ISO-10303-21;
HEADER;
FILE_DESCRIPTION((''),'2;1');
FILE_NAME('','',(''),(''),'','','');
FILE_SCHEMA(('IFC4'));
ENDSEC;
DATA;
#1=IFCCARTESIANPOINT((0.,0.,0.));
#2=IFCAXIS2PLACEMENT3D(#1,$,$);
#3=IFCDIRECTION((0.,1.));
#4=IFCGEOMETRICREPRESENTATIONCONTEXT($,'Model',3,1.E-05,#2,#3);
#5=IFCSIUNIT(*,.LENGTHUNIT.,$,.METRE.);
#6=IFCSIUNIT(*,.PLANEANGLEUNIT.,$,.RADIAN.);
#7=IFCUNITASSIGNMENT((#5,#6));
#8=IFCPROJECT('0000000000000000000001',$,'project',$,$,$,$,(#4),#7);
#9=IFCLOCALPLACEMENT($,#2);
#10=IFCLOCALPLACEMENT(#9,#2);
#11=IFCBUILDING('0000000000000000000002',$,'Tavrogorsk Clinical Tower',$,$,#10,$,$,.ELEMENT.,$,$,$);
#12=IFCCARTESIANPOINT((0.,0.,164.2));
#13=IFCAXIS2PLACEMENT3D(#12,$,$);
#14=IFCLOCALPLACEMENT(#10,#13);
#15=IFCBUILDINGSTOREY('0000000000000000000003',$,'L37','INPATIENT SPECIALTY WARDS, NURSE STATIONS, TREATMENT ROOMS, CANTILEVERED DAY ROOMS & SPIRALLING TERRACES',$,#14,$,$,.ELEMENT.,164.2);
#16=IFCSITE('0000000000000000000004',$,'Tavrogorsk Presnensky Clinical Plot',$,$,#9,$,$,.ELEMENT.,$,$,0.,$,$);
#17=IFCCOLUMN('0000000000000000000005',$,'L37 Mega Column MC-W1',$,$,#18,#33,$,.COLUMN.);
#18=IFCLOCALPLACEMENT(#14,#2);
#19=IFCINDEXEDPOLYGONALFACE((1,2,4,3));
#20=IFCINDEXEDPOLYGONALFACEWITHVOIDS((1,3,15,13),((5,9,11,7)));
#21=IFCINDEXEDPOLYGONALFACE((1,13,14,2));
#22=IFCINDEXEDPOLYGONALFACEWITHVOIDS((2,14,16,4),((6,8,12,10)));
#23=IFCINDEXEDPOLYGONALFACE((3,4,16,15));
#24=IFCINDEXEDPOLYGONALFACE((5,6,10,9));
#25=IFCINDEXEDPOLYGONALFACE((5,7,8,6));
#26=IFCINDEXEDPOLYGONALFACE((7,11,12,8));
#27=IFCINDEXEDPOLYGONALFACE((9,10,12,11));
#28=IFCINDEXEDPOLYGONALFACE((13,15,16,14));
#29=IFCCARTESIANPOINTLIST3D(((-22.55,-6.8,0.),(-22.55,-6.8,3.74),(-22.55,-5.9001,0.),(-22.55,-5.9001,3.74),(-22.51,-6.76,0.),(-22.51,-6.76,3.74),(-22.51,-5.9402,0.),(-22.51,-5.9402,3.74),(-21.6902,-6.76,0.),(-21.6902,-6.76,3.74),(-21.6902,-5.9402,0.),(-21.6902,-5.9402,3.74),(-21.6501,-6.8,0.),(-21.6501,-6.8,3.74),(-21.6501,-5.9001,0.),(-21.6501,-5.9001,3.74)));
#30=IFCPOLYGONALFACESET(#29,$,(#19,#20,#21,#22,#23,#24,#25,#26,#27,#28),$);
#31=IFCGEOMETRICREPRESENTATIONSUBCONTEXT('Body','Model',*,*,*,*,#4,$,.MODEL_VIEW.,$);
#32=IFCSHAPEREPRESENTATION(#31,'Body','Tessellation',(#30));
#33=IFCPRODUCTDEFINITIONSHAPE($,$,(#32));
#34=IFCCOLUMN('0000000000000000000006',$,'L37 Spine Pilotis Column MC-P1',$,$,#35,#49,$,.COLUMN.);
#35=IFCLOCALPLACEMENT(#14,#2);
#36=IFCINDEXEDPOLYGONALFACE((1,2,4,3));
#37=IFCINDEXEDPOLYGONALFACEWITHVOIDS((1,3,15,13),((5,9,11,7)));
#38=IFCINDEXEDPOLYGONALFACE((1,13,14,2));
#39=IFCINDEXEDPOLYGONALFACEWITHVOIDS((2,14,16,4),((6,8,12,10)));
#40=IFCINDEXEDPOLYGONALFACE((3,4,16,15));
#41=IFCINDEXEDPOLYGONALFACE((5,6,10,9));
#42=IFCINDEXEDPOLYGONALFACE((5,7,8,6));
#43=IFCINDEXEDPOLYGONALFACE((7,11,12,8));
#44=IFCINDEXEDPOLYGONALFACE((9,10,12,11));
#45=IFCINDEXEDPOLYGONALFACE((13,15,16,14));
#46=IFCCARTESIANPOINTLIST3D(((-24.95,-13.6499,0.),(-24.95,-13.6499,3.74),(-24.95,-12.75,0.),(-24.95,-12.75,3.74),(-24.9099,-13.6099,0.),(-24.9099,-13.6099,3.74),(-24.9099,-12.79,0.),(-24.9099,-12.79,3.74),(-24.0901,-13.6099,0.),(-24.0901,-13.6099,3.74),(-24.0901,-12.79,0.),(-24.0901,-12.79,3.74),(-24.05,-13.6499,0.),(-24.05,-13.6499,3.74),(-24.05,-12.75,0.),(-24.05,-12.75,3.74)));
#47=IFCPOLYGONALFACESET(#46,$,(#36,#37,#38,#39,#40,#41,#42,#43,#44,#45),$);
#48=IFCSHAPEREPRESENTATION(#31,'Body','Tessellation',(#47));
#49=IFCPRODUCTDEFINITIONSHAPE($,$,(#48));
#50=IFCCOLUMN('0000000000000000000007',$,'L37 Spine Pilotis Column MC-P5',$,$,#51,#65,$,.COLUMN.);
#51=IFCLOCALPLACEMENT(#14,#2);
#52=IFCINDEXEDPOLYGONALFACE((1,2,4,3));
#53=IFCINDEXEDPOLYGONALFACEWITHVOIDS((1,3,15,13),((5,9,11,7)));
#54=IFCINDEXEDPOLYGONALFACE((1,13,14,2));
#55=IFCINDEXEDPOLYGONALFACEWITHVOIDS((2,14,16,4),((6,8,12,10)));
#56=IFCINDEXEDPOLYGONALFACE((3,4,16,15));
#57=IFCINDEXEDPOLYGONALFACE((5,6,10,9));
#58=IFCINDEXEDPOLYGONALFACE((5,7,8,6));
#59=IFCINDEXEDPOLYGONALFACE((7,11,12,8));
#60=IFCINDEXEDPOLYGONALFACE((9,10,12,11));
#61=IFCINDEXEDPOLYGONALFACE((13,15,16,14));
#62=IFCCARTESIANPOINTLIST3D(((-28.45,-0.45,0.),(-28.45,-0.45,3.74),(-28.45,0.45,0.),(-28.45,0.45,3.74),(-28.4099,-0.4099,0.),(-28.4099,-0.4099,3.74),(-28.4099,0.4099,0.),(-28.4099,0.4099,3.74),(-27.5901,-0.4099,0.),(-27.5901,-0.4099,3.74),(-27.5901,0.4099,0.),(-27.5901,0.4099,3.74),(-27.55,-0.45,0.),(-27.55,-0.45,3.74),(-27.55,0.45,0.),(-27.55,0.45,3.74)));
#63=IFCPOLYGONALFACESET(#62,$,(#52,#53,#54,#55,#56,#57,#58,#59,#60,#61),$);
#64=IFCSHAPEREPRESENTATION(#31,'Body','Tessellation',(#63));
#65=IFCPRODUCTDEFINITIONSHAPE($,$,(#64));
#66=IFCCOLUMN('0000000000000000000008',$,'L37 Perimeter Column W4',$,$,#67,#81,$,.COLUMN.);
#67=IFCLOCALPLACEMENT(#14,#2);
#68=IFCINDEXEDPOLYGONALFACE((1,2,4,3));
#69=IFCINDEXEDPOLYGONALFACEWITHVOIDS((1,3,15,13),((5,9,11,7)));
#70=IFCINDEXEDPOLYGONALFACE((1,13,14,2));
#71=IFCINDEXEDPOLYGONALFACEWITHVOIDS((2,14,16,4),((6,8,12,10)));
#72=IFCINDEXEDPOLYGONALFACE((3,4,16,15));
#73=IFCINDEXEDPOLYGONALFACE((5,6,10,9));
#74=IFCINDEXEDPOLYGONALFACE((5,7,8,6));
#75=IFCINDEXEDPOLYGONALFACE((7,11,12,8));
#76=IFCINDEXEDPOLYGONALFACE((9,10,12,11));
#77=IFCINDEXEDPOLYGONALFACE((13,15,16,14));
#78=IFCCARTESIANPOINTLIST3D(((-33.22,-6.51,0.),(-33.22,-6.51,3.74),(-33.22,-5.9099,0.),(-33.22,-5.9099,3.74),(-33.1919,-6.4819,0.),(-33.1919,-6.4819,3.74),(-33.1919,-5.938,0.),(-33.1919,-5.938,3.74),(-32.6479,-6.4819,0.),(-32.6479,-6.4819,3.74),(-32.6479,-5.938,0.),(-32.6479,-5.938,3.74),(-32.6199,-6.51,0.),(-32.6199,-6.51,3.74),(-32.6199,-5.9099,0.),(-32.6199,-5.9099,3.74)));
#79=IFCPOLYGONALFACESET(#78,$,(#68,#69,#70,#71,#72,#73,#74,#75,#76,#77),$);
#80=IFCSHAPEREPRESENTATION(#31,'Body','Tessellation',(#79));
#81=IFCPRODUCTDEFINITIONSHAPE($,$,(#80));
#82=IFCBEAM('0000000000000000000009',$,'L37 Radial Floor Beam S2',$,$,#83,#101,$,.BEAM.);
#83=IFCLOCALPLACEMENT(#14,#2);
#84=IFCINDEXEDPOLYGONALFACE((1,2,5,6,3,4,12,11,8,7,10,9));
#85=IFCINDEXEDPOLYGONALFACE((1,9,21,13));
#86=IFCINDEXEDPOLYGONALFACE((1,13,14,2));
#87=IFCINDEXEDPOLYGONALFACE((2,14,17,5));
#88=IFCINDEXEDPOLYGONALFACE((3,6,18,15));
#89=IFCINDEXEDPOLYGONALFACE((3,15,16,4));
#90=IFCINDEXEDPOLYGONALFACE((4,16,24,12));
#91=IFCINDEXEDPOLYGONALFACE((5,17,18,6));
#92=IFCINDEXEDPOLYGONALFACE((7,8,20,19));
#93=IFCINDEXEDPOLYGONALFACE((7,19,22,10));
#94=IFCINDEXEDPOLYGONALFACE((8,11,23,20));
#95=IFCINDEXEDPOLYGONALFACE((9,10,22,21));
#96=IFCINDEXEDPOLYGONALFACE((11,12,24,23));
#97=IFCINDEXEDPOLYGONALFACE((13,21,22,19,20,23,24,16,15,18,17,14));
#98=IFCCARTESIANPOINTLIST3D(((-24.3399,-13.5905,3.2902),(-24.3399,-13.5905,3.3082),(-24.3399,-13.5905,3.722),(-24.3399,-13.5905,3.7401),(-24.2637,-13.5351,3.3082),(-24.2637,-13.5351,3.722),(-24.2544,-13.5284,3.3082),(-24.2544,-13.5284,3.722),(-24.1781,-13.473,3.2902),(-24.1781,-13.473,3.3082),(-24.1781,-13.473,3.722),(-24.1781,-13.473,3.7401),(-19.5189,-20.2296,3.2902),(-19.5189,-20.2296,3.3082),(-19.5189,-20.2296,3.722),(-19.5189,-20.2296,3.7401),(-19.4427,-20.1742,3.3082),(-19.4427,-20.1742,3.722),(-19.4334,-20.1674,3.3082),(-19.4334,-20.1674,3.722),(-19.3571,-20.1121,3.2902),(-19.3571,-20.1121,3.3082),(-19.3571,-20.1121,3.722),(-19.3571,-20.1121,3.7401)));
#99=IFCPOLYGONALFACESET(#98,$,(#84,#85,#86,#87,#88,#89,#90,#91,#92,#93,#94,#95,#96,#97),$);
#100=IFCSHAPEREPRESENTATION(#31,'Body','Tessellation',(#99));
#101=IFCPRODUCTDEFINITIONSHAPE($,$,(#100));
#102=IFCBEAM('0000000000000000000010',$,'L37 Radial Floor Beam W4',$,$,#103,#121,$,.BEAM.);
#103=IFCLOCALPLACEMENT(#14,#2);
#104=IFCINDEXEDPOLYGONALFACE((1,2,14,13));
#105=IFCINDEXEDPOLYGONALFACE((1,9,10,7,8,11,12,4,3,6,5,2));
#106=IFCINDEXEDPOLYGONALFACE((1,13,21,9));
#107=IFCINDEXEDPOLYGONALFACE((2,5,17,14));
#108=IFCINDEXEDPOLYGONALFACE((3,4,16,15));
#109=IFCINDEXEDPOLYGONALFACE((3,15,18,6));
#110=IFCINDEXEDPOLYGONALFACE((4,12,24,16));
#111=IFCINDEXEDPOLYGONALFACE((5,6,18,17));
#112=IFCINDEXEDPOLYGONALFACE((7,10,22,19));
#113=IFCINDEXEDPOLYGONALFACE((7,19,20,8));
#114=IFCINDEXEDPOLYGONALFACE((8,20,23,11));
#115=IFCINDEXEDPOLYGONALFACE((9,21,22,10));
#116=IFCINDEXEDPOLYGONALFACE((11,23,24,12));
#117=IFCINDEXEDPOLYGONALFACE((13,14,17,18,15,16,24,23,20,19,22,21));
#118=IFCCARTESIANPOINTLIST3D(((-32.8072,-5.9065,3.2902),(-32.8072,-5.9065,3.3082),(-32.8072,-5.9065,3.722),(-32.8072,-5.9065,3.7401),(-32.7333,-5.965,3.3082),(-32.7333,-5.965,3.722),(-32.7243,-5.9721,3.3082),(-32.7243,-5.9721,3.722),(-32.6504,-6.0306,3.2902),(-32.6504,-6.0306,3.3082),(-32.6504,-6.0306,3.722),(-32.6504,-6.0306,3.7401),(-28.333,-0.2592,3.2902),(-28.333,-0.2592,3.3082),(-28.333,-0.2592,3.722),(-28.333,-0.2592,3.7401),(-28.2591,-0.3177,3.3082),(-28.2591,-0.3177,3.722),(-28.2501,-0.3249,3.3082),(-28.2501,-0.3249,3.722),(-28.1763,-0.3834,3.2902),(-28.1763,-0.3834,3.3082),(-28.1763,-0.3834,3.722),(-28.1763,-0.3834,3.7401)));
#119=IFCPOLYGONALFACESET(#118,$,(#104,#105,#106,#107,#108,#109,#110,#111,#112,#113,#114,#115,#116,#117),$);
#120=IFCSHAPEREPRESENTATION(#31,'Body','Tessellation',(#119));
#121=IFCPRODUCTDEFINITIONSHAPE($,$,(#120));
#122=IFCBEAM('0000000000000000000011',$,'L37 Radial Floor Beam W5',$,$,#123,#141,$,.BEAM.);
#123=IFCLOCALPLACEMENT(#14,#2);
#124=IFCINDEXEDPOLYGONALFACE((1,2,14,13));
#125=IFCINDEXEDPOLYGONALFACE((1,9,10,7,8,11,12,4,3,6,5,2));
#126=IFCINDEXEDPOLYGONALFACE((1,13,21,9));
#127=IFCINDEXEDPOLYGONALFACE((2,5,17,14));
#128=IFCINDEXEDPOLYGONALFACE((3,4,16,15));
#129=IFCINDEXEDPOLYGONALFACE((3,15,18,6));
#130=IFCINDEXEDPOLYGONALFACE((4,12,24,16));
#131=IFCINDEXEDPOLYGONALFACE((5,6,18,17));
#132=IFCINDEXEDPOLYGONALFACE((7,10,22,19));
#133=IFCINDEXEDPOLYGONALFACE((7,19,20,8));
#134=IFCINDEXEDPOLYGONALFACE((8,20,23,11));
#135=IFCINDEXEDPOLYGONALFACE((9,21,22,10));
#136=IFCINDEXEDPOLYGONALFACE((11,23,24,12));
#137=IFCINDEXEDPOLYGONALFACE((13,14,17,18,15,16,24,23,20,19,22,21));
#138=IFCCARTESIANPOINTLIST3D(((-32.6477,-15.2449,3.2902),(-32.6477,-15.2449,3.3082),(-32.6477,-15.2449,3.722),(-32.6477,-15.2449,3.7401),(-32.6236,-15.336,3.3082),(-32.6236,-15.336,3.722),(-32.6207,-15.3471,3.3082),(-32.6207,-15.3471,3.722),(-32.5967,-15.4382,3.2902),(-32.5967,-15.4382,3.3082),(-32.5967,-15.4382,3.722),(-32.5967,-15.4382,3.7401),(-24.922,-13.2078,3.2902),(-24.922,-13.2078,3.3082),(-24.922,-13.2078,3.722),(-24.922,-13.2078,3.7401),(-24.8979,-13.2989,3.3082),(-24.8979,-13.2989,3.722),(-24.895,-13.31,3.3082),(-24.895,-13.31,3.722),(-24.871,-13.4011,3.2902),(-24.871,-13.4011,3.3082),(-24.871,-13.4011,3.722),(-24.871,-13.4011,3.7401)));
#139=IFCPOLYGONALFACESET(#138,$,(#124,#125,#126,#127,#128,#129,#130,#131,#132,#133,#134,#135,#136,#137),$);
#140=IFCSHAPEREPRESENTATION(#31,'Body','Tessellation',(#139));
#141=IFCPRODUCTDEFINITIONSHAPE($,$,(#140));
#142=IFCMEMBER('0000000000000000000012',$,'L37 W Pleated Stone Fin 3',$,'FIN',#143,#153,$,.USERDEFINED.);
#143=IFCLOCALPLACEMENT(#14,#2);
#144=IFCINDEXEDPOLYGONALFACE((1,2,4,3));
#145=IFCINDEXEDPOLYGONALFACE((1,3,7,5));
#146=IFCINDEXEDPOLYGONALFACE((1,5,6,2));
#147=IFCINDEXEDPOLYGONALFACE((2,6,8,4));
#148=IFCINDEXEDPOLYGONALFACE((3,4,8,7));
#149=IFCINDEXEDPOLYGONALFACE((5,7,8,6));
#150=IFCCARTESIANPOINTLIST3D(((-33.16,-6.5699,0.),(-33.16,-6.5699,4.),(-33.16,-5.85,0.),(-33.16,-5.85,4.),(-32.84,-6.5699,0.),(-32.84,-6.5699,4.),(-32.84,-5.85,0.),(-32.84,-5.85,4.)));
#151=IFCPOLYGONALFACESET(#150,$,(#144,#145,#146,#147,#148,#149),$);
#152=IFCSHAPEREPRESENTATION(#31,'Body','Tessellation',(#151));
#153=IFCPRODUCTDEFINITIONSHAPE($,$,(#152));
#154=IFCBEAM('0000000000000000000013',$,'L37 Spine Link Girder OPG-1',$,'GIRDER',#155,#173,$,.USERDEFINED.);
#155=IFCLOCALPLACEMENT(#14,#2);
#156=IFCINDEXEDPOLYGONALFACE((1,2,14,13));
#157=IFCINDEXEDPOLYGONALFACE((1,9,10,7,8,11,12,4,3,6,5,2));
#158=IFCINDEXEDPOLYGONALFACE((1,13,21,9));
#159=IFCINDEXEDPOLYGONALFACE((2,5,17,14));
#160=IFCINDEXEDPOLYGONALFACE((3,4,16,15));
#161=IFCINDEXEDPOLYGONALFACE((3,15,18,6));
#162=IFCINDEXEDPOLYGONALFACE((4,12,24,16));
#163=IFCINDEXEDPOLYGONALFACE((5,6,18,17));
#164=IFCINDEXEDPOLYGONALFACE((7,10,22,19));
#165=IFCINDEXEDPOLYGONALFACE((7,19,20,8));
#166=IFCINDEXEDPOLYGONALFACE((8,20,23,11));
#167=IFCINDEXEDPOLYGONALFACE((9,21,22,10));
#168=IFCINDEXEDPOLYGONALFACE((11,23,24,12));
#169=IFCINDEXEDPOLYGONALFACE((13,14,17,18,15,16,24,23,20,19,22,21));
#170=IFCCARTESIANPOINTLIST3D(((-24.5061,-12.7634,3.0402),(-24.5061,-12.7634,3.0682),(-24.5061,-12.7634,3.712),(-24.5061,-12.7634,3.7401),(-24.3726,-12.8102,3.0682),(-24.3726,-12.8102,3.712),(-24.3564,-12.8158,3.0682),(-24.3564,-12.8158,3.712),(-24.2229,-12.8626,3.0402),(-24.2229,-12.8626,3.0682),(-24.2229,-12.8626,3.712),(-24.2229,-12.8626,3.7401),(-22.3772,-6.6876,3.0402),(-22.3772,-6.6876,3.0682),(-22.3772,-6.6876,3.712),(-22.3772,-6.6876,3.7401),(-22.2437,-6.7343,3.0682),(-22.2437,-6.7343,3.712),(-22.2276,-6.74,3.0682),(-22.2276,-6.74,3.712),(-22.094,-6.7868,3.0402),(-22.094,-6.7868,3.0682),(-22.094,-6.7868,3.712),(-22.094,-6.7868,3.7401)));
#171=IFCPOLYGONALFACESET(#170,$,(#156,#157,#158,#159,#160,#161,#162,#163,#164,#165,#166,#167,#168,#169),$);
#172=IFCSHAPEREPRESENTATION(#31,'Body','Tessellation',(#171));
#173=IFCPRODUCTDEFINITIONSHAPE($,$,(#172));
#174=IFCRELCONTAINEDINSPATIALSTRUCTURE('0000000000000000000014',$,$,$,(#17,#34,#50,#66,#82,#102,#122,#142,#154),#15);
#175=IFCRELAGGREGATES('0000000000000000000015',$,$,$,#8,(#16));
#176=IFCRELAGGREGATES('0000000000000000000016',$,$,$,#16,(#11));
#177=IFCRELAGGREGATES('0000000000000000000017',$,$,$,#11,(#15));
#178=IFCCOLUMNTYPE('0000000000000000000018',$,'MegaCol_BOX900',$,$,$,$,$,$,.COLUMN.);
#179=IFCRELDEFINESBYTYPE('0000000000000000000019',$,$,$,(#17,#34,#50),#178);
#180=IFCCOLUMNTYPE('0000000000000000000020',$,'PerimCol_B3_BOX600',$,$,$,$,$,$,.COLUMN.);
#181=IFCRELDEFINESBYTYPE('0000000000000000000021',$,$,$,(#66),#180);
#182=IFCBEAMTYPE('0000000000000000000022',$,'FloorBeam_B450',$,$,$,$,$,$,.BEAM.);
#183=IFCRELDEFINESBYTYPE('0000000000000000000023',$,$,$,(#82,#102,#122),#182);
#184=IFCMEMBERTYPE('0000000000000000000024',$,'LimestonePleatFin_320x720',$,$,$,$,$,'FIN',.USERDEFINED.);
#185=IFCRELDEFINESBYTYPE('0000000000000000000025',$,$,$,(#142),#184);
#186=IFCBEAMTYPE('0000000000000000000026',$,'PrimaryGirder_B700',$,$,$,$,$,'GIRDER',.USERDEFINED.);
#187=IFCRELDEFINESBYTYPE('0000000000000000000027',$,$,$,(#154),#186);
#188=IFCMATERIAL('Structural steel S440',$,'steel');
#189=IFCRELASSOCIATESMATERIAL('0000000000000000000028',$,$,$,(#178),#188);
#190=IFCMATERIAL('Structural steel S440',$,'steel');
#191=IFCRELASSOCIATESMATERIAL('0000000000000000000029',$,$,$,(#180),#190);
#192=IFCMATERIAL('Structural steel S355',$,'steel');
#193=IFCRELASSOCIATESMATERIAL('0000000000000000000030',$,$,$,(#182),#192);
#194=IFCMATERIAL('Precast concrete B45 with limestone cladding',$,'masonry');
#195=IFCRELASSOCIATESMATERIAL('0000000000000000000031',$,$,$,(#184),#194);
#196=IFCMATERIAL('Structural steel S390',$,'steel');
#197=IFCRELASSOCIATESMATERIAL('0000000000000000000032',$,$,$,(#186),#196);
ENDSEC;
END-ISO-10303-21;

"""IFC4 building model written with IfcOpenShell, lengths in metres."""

from ifc_helpers import new_model, si_unit, direction, frame, origin, origin_2d, place, context, subcontext, project, spatial, rectangle, hollow_rectangle, i_section, extrude, material, material_profile, profile_set, type_object, element, save


model = new_model("IFC4")

# Units and contexts
model_context = context("Model", 3, precision=1e-05, world=origin(), true_north=direction((0.0, 1.0)))
body_context = subcontext(model_context, "Body", "Model", "MODEL_VIEW")
ifc_project = project(units=[si_unit("LENGTHUNIT", "METRE"), si_unit("PLANEANGLEUNIT", "RADIAN")], contexts=[model_context])

# Site, building, storey
site_placement = place(None, origin())
site = spatial("IfcSite", under=ifc_project, at=site_placement, Name="Tavrogorsk Presnensky Clinical Plot", CompositionType="ELEMENT", RefElevation=0.0)
building_placement = place(site_placement, origin())
building = spatial("IfcBuilding", under=site, at=building_placement, Name="Tavrogorsk Clinical Tower", CompositionType="ELEMENT")
storey_placement = place(building_placement, frame((0.0, 0.0, 164.2)))
storey = spatial("IfcBuildingStorey", under=building, at=storey_placement, Name="L37", Description="INPATIENT SPECIALTY WARDS, NURSE STATIONS, TREATMENT ROOMS, CANTILEVERED DAY ROOMS & SPIRALLING TERRACES", CompositionType="ELEMENT", Elevation=164.2)

# Columns
ifc_material_1 = material(Name="Structural steel S440", Category="steel")
ifc_material_profile_1 = material_profile(ifc_material_1, hollow_rectangle(XDim=0.8999, YDim=0.8999, WallThickness=0.04, at=origin_2d()), Name="BOX-900x900x40")
ifc_profile_set_1 = profile_set([ifc_material_profile_1], Name="Structural steel S440")
column_type_1 = type_object("IfcColumnType", Name="MegaCol_BOX900", PredefinedType="COLUMN", material=ifc_profile_set_1)
for number, where, z_axis, x_axis, name in (
    (1, (-22.1001, -6.3501, 0.0), (0.0, 0.0, 1.0), (1.0, 0.0, 0.0), "L37 Mega Column MC-W1"),
    (2, (-24.5, -13.2, 0.0), (0.0, 0.0, 1.0), (1.0, 0.0, 0.0), "L37 Spine Pilotis Column MC-P1"),
    (3, (-28.0, 0.0, 0.0), (0.0, 0.0, 1.0), (1.0, 0.0, 0.0), "L37 Spine Pilotis Column MC-P5"),
):
    element("IfcColumn", number, at=place(storey_placement, frame(where, z_axis=z_axis, x_axis=x_axis)), inside=storey, type_object=column_type_1, Name=name, PredefinedType="COLUMN", context=body_context, shape_type="SweptSolid", body=[
        extrude(hollow_rectangle(XDim=0.8999, YDim=0.8999, WallThickness=0.04, at=origin_2d()), origin(), (0.0, 0.0, 1.0), 3.74),
    ])
ifc_material_2 = material(Name="Structural steel S440", Category="steel")
ifc_material_profile_2 = material_profile(ifc_material_2, hollow_rectangle(XDim=0.6001, YDim=0.6001, WallThickness=0.0281, at=origin_2d()), Name="BOX-600x600x28")
ifc_profile_set_2 = profile_set([ifc_material_profile_2], Name="Structural steel S440")
column_type_2 = type_object("IfcColumnType", Name="PerimCol_B3_BOX600", PredefinedType="COLUMN", material=ifc_profile_set_2)
column_placement = place(storey_placement, frame((-32.9199, -6.21, 0.0), z_axis=(0.0, 0.0, 1.0), x_axis=(1.0, 0.0, 0.0)))
element("IfcColumn", 4, at=column_placement, inside=storey, type_object=column_type_2, Name="L37 Perimeter Column W4", PredefinedType="COLUMN", context=body_context, shape_type="SweptSolid", body=[
    extrude(hollow_rectangle(XDim=0.6001, YDim=0.6001, WallThickness=0.0281, at=origin_2d()), origin(), (0.0, 0.0, 1.0), 3.74),
])

# Beams
ifc_material_3 = material(Name="Structural steel S355", Category="steel")
ifc_material_profile_3 = material_profile(ifc_material_3, i_section(OverallWidth=0.2, OverallDepth=0.45, WebThickness=0.0115, FlangeThickness=0.0181, at=origin_2d()), Name="B-450x200x11.5x18")
ifc_profile_set_3 = profile_set([ifc_material_profile_3], Name="Structural steel S355")
beam_type_1 = type_object("IfcBeamType", Name="FloorBeam_B450", PredefinedType="BEAM", material=ifc_profile_set_3)
beam_1_placement = place(storey_placement, frame((-24.259, -13.5317, 3.5151), z_axis=(0.587579, -0.809167, 0.0), x_axis=(0.809167, 0.587579, 0.0)))
element("IfcBeam", 5, at=beam_1_placement, inside=storey, type_object=beam_type_1, Name="L37 Radial Floor Beam S2", PredefinedType="BEAM", context=body_context, shape_type="SweptSolid", body=[
    extrude(i_section(OverallWidth=0.2, OverallDepth=0.45, WebThickness=0.0115, FlangeThickness=0.0181, at=origin_2d()), origin(), (0.0, 0.0, 1.0), 8.2048),
])
beam_2_placement = place(storey_placement, frame((-28.2546, -0.3213, 3.5151), z_axis=(-0.620994, -0.783816, 0.0), x_axis=(0.783816, -0.620994, 0.0)))
element("IfcBeam", 6, at=beam_2_placement, inside=storey, type_object=beam_type_1, Name="L37 Radial Floor Beam W4", PredefinedType="BEAM", context=body_context, shape_type="SweptSolid", body=[
    extrude(i_section(OverallWidth=0.2, OverallDepth=0.45, WebThickness=0.0115, FlangeThickness=0.0181, at=origin_2d()), origin(), (0.0, 0.0, 1.0), 7.2048),
])
beam_3_placement = place(storey_placement, frame((-24.8965, -13.3044, 3.5151), z_axis=(-0.966949, -0.254969, 0.0), x_axis=(0.254969, -0.966949, 0.0)))
element("IfcBeam", 7, at=beam_3_placement, inside=storey, type_object=beam_type_1, Name="L37 Radial Floor Beam W5", PredefinedType="BEAM", context=body_context, shape_type="SweptSolid", body=[
    extrude(i_section(OverallWidth=0.2, OverallDepth=0.45, WebThickness=0.0115, FlangeThickness=0.0181, at=origin_2d()), origin(), (0.0, 0.0, 1.0), 7.9897),
])

# Member
ifc_material_4 = material(Name="Precast concrete B45 with limestone cladding", Category="masonry")
ifc_material_profile_4 = material_profile(ifc_material_4, rectangle(XDim=0.3201, YDim=0.72, at=origin_2d()), Name="LIMESTONE-FIN-320x720")
ifc_profile_set_4 = profile_set([ifc_material_profile_4], Name="Precast concrete B45 with limestone cladding")
member_type = type_object("IfcMemberType", Name="LimestonePleatFin_320x720", ElementType="FIN", PredefinedType="USERDEFINED", material=ifc_profile_set_4)
member_placement = place(storey_placement, frame((-33.0, -6.21, 0.0), z_axis=(0.0, 0.0, 1.0), x_axis=(1.0, 0.0, 0.0)))
element("IfcMember", 8, at=member_placement, inside=storey, type_object=member_type, Name="L37 W Pleated Stone Fin 3", ObjectType="FIN", PredefinedType="USERDEFINED", context=body_context, shape_type="SweptSolid", body=[
    extrude(rectangle(XDim=0.3201, YDim=0.72, at=origin_2d()), origin(), (0.0, 0.0, 1.0), 4.0),
])

# Beam
ifc_material_5 = material(Name="Structural steel S390", Category="steel")
ifc_material_profile_5 = material_profile(ifc_material_5, i_section(OverallWidth=0.3, OverallDepth=0.7, WebThickness=0.0171, FlangeThickness=0.0281, at=origin_2d()), Name="B-700x300x17x28")
ifc_profile_set_5 = profile_set([ifc_material_profile_5], Name="Structural steel S390")
beam_type_2 = type_object("IfcBeamType", Name="PrimaryGirder_B700", ElementType="GIRDER", PredefinedType="USERDEFINED", material=ifc_profile_set_5)
beam_4_placement = place(storey_placement, frame((-24.3645, -12.813, 3.3901), z_axis=(0.330673, 0.943745, 0.0), x_axis=(-0.943745, 0.330673, 0.0)))
element("IfcBeam", 9, at=beam_4_placement, inside=storey, type_object=beam_type_2, Name="L37 Spine Link Girder OPG-1", ObjectType="GIRDER", PredefinedType="USERDEFINED", context=body_context, shape_type="SweptSolid", body=[
    extrude(i_section(OverallWidth=0.3, OverallDepth=0.7, WebThickness=0.0171, FlangeThickness=0.0281, at=origin_2d()), origin(), (0.0, 0.0, 1.0), 6.438),
])

save(model, "model.ifc")
